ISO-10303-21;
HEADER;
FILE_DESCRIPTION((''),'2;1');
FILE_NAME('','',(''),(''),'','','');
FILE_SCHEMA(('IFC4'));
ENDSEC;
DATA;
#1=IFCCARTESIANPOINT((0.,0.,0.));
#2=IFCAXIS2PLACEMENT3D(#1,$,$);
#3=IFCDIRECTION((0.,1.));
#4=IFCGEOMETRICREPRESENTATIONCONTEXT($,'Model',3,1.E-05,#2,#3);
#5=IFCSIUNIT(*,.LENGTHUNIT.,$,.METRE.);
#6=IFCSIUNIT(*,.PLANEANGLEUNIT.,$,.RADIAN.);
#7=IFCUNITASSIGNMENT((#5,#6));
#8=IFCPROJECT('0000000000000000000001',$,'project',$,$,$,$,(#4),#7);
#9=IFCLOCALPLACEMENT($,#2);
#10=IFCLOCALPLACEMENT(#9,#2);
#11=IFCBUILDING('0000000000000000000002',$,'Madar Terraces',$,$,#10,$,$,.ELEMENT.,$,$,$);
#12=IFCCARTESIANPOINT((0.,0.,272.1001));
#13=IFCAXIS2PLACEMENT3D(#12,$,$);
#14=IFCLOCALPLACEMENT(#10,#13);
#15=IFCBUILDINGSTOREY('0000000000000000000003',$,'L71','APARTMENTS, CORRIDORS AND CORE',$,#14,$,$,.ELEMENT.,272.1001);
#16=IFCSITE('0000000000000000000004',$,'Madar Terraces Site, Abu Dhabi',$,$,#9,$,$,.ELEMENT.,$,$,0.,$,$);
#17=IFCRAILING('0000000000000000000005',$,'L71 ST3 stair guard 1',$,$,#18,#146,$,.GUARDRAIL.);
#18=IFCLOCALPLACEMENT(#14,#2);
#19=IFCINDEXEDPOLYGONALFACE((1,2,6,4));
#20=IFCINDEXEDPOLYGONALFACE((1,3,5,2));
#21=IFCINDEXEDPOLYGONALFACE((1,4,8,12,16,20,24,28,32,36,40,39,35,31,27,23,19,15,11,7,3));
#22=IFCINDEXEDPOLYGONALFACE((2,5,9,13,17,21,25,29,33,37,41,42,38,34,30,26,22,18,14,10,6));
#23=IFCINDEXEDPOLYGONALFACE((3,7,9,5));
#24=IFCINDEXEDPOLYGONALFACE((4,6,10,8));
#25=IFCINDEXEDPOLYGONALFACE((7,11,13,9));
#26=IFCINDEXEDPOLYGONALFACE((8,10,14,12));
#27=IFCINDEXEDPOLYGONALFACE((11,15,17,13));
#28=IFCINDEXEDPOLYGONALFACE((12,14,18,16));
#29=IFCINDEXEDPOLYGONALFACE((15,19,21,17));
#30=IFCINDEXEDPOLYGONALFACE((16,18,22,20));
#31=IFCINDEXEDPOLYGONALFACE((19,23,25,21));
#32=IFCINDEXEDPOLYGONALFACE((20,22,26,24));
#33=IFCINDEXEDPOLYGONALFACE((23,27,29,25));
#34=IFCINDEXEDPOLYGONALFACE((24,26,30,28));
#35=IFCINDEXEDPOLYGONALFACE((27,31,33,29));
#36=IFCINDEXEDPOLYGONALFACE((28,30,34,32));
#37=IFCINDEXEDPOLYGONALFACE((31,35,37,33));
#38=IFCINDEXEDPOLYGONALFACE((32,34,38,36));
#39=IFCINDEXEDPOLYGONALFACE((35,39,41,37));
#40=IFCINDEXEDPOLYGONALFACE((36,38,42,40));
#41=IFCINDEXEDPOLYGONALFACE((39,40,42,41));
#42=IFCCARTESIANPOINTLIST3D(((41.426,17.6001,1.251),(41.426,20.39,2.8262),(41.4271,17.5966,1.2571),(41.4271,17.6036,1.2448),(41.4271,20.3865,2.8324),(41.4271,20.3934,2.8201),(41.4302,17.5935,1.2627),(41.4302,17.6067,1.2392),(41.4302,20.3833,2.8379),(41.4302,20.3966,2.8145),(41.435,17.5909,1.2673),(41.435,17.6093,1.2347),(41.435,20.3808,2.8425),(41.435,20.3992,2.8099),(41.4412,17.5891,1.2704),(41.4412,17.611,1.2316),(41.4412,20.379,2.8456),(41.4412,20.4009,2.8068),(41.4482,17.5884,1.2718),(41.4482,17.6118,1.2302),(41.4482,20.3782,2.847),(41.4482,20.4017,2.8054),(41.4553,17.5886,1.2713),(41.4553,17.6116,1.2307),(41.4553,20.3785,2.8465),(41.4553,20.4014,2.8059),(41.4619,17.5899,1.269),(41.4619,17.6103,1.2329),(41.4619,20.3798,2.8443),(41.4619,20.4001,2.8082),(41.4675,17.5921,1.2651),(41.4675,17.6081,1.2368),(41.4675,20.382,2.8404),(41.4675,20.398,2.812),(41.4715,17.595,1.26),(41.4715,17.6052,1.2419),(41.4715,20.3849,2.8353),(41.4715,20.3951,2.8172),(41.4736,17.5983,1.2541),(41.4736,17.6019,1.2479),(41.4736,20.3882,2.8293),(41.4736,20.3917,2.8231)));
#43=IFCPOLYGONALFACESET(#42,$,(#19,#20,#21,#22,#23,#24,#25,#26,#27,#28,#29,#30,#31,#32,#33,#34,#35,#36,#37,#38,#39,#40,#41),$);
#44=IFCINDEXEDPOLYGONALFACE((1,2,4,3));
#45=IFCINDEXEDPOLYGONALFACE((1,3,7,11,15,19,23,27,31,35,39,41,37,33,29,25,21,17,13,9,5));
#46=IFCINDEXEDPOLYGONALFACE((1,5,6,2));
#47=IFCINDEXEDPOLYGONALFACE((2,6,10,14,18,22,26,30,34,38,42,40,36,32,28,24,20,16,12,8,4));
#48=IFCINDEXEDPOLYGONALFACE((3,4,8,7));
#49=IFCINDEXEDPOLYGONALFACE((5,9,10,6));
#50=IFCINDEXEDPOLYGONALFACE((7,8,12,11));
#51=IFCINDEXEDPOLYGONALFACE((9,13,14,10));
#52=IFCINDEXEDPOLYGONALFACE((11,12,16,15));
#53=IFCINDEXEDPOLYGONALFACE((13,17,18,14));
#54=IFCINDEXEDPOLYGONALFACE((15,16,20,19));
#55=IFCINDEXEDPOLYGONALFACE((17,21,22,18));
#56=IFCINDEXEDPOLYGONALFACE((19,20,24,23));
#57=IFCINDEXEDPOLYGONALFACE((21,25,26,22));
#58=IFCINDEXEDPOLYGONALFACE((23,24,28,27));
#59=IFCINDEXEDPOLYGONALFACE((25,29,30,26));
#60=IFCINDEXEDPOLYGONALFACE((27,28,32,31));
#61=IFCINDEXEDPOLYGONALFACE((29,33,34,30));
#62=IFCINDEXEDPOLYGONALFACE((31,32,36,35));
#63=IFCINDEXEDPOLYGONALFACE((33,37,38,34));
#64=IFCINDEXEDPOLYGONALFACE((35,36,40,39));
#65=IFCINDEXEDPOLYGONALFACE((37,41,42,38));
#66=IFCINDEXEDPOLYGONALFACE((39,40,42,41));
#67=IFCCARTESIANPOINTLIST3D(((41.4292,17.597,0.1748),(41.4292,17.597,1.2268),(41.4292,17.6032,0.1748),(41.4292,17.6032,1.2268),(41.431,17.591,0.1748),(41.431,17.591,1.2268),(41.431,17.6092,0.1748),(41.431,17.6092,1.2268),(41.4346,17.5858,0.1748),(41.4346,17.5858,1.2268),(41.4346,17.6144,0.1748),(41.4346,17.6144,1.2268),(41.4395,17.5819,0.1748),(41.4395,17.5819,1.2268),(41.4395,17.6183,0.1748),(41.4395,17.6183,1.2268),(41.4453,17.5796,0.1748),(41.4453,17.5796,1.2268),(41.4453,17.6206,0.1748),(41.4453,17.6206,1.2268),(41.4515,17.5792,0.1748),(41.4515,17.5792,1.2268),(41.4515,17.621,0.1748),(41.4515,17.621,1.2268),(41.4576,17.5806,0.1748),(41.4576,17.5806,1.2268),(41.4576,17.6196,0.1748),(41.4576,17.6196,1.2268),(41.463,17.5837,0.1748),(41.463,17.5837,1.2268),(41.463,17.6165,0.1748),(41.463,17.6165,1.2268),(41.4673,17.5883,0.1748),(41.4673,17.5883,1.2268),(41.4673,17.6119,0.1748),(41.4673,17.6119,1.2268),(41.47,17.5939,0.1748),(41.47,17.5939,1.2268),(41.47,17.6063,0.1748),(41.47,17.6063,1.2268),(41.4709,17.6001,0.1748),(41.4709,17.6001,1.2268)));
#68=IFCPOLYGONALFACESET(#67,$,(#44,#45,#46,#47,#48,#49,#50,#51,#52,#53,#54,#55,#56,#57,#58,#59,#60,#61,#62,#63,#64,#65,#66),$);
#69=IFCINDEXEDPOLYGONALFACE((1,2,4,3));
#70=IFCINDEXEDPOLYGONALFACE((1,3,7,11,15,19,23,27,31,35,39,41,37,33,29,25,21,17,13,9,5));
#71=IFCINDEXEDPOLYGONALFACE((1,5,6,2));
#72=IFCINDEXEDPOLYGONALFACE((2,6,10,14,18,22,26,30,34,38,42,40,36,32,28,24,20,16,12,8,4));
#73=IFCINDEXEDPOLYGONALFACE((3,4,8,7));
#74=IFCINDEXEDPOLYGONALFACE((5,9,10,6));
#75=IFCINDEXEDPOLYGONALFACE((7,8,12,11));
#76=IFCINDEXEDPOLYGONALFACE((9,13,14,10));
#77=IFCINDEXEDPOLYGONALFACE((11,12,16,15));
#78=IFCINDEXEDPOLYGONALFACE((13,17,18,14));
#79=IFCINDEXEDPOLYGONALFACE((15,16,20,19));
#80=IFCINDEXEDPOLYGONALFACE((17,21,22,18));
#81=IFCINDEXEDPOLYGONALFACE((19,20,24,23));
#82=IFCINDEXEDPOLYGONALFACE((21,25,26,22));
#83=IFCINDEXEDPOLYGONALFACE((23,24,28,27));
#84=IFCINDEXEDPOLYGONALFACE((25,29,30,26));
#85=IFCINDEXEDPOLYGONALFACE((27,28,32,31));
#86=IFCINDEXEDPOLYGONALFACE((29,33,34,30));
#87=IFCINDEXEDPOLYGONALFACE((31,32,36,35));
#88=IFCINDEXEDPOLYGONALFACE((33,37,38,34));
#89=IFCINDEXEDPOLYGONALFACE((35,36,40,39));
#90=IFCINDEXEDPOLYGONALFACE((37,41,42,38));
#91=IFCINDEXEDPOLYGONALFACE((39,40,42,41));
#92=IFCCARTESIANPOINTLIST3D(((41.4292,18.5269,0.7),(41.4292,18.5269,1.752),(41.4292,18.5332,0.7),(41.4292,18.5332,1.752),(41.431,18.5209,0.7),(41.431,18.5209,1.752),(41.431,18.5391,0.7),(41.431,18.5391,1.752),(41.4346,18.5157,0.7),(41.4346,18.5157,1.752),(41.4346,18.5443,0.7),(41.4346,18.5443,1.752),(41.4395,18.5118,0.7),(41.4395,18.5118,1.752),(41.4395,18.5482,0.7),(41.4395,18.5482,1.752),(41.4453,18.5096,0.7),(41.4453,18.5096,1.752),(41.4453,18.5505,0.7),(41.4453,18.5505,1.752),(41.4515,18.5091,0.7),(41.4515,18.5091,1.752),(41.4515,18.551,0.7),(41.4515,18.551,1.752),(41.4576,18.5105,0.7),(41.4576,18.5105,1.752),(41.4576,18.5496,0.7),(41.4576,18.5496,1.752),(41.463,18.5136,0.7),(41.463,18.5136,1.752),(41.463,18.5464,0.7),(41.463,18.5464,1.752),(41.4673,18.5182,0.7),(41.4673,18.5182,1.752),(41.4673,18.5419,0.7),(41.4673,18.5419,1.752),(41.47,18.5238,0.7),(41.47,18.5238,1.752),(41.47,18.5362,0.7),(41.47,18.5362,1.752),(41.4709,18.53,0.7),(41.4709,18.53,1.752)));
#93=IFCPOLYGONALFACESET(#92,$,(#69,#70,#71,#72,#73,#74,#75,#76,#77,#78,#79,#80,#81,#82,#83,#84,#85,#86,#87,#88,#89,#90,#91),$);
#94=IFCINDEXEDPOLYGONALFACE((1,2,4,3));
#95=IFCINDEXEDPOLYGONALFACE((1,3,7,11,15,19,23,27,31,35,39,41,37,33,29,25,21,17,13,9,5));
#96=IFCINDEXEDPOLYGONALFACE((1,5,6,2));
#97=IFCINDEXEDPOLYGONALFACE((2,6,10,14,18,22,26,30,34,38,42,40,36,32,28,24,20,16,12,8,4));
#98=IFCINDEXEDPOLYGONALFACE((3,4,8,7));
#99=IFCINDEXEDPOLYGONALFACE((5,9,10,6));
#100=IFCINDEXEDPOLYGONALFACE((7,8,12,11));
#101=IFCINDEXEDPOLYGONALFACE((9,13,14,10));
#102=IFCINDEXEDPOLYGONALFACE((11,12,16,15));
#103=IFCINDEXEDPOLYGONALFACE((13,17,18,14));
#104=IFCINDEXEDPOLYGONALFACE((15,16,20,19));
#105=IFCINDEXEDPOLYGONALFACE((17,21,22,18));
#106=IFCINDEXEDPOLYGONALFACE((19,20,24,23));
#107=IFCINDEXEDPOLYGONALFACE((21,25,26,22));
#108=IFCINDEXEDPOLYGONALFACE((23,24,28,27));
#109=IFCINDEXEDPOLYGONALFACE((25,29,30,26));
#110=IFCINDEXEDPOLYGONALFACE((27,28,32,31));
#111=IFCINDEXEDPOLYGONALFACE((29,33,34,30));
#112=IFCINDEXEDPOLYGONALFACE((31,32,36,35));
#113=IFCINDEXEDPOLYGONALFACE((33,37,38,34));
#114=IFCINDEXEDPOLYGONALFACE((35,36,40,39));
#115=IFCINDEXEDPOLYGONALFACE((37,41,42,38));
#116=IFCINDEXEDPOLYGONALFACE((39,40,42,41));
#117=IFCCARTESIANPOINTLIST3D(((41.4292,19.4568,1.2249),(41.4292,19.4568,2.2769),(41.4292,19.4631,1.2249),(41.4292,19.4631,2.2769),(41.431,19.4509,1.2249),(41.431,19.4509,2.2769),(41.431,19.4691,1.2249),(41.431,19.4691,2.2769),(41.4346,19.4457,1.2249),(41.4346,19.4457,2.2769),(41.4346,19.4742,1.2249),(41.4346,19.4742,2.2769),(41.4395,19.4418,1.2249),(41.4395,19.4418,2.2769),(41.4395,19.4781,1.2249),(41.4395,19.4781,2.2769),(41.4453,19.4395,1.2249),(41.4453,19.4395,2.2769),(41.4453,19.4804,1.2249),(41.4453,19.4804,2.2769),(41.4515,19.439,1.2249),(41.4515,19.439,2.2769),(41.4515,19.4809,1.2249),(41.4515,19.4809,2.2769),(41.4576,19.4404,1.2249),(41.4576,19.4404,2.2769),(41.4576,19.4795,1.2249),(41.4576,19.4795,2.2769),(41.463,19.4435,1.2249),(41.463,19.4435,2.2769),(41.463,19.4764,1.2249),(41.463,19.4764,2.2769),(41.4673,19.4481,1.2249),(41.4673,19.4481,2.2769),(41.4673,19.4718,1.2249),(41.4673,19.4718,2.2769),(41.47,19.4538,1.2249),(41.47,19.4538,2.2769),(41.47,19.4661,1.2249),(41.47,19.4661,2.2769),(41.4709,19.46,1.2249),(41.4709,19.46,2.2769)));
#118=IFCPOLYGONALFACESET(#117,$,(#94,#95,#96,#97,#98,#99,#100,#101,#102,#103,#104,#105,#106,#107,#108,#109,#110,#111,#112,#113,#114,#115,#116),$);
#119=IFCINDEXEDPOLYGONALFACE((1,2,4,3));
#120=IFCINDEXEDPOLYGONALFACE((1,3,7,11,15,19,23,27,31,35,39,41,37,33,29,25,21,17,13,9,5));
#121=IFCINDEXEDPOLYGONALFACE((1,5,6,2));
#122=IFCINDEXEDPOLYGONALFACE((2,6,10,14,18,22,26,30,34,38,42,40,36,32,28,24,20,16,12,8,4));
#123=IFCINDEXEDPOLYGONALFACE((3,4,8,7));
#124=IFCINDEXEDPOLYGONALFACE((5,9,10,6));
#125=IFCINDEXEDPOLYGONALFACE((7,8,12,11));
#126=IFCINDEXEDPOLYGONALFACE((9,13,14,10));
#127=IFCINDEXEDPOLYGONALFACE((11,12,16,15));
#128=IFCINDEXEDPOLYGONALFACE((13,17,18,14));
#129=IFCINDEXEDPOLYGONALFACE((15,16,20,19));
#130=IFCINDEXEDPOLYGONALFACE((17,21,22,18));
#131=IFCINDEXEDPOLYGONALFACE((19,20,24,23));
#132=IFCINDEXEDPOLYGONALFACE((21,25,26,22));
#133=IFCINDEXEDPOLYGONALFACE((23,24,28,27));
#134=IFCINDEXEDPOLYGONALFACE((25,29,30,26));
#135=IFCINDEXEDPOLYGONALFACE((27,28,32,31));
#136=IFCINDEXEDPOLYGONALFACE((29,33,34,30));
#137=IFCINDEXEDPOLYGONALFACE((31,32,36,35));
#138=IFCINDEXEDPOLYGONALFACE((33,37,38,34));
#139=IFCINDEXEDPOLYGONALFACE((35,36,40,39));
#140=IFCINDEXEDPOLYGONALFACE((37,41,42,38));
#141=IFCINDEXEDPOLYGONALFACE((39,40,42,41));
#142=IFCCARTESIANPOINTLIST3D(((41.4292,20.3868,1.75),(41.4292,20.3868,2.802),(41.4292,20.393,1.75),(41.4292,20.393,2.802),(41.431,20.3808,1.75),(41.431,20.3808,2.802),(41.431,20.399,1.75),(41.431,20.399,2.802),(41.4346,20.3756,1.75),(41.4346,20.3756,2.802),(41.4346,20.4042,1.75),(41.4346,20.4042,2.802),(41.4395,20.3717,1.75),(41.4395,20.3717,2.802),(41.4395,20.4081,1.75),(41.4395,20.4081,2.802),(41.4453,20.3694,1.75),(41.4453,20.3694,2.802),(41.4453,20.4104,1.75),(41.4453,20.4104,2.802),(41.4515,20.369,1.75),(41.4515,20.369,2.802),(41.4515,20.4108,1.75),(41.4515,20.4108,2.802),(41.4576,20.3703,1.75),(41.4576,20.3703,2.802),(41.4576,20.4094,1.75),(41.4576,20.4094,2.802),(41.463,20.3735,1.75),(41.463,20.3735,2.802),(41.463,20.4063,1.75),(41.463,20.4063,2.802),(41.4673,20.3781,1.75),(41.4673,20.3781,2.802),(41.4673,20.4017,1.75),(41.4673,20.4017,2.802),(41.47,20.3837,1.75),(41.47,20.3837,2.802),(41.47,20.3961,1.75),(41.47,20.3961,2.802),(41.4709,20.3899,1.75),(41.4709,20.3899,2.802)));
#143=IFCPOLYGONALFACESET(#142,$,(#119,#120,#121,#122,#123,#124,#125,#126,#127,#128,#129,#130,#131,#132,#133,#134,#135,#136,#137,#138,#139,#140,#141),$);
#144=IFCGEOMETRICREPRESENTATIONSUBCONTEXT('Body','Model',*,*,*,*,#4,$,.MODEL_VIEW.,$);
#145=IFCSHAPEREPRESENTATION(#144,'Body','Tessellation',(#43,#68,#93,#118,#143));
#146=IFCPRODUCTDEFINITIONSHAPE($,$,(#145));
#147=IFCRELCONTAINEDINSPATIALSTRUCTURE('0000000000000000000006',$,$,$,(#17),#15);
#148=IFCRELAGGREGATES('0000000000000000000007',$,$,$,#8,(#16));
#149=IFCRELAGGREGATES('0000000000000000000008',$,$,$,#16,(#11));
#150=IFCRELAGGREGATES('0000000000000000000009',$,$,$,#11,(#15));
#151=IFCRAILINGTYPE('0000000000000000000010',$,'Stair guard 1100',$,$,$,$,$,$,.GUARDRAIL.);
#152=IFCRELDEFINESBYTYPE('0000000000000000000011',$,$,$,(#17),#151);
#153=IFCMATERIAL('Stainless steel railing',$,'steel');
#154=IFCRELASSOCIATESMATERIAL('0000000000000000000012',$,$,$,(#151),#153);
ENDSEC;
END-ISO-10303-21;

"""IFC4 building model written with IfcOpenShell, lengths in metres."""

from ifc_helpers import new_model, si_unit, direction, frame, origin, origin_2d, place, context, subcontext, project, spatial, circle, extrude, material, type_object, element, save


model = new_model("IFC4")

# Units and contexts
model_context = context("Model", 3, precision=1e-05, world=origin(), true_north=direction((0.0, 1.0)))
body_context = subcontext(model_context, "Body", "Model", "MODEL_VIEW")
ifc_project = project(units=[si_unit("LENGTHUNIT", "METRE"), si_unit("PLANEANGLEUNIT", "RADIAN")], contexts=[model_context])

# Site, building, storey
site_placement = place(None, origin())
site = spatial("IfcSite", under=ifc_project, at=site_placement, Name="Madar Terraces Site, Abu Dhabi", CompositionType="ELEMENT", RefElevation=0.0)
building_placement = place(site_placement, origin())
building = spatial("IfcBuilding", under=site, at=building_placement, Name="Madar Terraces", CompositionType="ELEMENT")
storey_placement = place(building_placement, frame((0.0, 0.0, 272.1001)))
storey = spatial("IfcBuildingStorey", under=building, at=storey_placement, Name="L71", Description="APARTMENTS, CORRIDORS AND CORE", CompositionType="ELEMENT", Elevation=272.1001)

# Railing
ifc_material_1 = material(Name="Stainless steel railing", Category="steel")
railing_type_1 = type_object("IfcRailingType", Name="Stair guard 1100", PredefinedType="GUARDRAIL", material=ifc_material_1)
railing_1_placement = place(storey_placement, frame((41.45, 17.6001, 0.1748)))
element("IfcRailing", 1, at=railing_1_placement, inside=storey, type_object=railing_type_1, Name="L71 ST3 stair guard 1", PredefinedType="GUARDRAIL", context=body_context, shape_type="SweptSolid", body=[
    extrude(circle(Radius=0.0239, at=origin_2d()), frame((0.0, 0.0, 1.0762), z_axis=(0.0, 0.870783, 0.491668), x_axis=(-1.0, 0.0, 0.0)), (0.0, 0.0, 1.0), 3.2039),
    extrude(circle(Radius=0.021, at=origin_2d()), origin(), (0.0, 0.0, 1.0), 1.052),
    extrude(circle(Radius=0.021, at=origin_2d()), frame((0.0, 0.9299, 0.5251)), (0.0, 0.0, 1.0), 1.052),
    extrude(circle(Radius=0.021, at=origin_2d()), frame((0.0, 1.8599, 1.05)), (0.0, 0.0, 1.0), 1.052),
    extrude(circle(Radius=0.021, at=origin_2d()), frame((0.0, 2.7898, 1.5752)), (0.0, 0.0, 1.0), 1.052),
])

save(model, "model.ifc")
